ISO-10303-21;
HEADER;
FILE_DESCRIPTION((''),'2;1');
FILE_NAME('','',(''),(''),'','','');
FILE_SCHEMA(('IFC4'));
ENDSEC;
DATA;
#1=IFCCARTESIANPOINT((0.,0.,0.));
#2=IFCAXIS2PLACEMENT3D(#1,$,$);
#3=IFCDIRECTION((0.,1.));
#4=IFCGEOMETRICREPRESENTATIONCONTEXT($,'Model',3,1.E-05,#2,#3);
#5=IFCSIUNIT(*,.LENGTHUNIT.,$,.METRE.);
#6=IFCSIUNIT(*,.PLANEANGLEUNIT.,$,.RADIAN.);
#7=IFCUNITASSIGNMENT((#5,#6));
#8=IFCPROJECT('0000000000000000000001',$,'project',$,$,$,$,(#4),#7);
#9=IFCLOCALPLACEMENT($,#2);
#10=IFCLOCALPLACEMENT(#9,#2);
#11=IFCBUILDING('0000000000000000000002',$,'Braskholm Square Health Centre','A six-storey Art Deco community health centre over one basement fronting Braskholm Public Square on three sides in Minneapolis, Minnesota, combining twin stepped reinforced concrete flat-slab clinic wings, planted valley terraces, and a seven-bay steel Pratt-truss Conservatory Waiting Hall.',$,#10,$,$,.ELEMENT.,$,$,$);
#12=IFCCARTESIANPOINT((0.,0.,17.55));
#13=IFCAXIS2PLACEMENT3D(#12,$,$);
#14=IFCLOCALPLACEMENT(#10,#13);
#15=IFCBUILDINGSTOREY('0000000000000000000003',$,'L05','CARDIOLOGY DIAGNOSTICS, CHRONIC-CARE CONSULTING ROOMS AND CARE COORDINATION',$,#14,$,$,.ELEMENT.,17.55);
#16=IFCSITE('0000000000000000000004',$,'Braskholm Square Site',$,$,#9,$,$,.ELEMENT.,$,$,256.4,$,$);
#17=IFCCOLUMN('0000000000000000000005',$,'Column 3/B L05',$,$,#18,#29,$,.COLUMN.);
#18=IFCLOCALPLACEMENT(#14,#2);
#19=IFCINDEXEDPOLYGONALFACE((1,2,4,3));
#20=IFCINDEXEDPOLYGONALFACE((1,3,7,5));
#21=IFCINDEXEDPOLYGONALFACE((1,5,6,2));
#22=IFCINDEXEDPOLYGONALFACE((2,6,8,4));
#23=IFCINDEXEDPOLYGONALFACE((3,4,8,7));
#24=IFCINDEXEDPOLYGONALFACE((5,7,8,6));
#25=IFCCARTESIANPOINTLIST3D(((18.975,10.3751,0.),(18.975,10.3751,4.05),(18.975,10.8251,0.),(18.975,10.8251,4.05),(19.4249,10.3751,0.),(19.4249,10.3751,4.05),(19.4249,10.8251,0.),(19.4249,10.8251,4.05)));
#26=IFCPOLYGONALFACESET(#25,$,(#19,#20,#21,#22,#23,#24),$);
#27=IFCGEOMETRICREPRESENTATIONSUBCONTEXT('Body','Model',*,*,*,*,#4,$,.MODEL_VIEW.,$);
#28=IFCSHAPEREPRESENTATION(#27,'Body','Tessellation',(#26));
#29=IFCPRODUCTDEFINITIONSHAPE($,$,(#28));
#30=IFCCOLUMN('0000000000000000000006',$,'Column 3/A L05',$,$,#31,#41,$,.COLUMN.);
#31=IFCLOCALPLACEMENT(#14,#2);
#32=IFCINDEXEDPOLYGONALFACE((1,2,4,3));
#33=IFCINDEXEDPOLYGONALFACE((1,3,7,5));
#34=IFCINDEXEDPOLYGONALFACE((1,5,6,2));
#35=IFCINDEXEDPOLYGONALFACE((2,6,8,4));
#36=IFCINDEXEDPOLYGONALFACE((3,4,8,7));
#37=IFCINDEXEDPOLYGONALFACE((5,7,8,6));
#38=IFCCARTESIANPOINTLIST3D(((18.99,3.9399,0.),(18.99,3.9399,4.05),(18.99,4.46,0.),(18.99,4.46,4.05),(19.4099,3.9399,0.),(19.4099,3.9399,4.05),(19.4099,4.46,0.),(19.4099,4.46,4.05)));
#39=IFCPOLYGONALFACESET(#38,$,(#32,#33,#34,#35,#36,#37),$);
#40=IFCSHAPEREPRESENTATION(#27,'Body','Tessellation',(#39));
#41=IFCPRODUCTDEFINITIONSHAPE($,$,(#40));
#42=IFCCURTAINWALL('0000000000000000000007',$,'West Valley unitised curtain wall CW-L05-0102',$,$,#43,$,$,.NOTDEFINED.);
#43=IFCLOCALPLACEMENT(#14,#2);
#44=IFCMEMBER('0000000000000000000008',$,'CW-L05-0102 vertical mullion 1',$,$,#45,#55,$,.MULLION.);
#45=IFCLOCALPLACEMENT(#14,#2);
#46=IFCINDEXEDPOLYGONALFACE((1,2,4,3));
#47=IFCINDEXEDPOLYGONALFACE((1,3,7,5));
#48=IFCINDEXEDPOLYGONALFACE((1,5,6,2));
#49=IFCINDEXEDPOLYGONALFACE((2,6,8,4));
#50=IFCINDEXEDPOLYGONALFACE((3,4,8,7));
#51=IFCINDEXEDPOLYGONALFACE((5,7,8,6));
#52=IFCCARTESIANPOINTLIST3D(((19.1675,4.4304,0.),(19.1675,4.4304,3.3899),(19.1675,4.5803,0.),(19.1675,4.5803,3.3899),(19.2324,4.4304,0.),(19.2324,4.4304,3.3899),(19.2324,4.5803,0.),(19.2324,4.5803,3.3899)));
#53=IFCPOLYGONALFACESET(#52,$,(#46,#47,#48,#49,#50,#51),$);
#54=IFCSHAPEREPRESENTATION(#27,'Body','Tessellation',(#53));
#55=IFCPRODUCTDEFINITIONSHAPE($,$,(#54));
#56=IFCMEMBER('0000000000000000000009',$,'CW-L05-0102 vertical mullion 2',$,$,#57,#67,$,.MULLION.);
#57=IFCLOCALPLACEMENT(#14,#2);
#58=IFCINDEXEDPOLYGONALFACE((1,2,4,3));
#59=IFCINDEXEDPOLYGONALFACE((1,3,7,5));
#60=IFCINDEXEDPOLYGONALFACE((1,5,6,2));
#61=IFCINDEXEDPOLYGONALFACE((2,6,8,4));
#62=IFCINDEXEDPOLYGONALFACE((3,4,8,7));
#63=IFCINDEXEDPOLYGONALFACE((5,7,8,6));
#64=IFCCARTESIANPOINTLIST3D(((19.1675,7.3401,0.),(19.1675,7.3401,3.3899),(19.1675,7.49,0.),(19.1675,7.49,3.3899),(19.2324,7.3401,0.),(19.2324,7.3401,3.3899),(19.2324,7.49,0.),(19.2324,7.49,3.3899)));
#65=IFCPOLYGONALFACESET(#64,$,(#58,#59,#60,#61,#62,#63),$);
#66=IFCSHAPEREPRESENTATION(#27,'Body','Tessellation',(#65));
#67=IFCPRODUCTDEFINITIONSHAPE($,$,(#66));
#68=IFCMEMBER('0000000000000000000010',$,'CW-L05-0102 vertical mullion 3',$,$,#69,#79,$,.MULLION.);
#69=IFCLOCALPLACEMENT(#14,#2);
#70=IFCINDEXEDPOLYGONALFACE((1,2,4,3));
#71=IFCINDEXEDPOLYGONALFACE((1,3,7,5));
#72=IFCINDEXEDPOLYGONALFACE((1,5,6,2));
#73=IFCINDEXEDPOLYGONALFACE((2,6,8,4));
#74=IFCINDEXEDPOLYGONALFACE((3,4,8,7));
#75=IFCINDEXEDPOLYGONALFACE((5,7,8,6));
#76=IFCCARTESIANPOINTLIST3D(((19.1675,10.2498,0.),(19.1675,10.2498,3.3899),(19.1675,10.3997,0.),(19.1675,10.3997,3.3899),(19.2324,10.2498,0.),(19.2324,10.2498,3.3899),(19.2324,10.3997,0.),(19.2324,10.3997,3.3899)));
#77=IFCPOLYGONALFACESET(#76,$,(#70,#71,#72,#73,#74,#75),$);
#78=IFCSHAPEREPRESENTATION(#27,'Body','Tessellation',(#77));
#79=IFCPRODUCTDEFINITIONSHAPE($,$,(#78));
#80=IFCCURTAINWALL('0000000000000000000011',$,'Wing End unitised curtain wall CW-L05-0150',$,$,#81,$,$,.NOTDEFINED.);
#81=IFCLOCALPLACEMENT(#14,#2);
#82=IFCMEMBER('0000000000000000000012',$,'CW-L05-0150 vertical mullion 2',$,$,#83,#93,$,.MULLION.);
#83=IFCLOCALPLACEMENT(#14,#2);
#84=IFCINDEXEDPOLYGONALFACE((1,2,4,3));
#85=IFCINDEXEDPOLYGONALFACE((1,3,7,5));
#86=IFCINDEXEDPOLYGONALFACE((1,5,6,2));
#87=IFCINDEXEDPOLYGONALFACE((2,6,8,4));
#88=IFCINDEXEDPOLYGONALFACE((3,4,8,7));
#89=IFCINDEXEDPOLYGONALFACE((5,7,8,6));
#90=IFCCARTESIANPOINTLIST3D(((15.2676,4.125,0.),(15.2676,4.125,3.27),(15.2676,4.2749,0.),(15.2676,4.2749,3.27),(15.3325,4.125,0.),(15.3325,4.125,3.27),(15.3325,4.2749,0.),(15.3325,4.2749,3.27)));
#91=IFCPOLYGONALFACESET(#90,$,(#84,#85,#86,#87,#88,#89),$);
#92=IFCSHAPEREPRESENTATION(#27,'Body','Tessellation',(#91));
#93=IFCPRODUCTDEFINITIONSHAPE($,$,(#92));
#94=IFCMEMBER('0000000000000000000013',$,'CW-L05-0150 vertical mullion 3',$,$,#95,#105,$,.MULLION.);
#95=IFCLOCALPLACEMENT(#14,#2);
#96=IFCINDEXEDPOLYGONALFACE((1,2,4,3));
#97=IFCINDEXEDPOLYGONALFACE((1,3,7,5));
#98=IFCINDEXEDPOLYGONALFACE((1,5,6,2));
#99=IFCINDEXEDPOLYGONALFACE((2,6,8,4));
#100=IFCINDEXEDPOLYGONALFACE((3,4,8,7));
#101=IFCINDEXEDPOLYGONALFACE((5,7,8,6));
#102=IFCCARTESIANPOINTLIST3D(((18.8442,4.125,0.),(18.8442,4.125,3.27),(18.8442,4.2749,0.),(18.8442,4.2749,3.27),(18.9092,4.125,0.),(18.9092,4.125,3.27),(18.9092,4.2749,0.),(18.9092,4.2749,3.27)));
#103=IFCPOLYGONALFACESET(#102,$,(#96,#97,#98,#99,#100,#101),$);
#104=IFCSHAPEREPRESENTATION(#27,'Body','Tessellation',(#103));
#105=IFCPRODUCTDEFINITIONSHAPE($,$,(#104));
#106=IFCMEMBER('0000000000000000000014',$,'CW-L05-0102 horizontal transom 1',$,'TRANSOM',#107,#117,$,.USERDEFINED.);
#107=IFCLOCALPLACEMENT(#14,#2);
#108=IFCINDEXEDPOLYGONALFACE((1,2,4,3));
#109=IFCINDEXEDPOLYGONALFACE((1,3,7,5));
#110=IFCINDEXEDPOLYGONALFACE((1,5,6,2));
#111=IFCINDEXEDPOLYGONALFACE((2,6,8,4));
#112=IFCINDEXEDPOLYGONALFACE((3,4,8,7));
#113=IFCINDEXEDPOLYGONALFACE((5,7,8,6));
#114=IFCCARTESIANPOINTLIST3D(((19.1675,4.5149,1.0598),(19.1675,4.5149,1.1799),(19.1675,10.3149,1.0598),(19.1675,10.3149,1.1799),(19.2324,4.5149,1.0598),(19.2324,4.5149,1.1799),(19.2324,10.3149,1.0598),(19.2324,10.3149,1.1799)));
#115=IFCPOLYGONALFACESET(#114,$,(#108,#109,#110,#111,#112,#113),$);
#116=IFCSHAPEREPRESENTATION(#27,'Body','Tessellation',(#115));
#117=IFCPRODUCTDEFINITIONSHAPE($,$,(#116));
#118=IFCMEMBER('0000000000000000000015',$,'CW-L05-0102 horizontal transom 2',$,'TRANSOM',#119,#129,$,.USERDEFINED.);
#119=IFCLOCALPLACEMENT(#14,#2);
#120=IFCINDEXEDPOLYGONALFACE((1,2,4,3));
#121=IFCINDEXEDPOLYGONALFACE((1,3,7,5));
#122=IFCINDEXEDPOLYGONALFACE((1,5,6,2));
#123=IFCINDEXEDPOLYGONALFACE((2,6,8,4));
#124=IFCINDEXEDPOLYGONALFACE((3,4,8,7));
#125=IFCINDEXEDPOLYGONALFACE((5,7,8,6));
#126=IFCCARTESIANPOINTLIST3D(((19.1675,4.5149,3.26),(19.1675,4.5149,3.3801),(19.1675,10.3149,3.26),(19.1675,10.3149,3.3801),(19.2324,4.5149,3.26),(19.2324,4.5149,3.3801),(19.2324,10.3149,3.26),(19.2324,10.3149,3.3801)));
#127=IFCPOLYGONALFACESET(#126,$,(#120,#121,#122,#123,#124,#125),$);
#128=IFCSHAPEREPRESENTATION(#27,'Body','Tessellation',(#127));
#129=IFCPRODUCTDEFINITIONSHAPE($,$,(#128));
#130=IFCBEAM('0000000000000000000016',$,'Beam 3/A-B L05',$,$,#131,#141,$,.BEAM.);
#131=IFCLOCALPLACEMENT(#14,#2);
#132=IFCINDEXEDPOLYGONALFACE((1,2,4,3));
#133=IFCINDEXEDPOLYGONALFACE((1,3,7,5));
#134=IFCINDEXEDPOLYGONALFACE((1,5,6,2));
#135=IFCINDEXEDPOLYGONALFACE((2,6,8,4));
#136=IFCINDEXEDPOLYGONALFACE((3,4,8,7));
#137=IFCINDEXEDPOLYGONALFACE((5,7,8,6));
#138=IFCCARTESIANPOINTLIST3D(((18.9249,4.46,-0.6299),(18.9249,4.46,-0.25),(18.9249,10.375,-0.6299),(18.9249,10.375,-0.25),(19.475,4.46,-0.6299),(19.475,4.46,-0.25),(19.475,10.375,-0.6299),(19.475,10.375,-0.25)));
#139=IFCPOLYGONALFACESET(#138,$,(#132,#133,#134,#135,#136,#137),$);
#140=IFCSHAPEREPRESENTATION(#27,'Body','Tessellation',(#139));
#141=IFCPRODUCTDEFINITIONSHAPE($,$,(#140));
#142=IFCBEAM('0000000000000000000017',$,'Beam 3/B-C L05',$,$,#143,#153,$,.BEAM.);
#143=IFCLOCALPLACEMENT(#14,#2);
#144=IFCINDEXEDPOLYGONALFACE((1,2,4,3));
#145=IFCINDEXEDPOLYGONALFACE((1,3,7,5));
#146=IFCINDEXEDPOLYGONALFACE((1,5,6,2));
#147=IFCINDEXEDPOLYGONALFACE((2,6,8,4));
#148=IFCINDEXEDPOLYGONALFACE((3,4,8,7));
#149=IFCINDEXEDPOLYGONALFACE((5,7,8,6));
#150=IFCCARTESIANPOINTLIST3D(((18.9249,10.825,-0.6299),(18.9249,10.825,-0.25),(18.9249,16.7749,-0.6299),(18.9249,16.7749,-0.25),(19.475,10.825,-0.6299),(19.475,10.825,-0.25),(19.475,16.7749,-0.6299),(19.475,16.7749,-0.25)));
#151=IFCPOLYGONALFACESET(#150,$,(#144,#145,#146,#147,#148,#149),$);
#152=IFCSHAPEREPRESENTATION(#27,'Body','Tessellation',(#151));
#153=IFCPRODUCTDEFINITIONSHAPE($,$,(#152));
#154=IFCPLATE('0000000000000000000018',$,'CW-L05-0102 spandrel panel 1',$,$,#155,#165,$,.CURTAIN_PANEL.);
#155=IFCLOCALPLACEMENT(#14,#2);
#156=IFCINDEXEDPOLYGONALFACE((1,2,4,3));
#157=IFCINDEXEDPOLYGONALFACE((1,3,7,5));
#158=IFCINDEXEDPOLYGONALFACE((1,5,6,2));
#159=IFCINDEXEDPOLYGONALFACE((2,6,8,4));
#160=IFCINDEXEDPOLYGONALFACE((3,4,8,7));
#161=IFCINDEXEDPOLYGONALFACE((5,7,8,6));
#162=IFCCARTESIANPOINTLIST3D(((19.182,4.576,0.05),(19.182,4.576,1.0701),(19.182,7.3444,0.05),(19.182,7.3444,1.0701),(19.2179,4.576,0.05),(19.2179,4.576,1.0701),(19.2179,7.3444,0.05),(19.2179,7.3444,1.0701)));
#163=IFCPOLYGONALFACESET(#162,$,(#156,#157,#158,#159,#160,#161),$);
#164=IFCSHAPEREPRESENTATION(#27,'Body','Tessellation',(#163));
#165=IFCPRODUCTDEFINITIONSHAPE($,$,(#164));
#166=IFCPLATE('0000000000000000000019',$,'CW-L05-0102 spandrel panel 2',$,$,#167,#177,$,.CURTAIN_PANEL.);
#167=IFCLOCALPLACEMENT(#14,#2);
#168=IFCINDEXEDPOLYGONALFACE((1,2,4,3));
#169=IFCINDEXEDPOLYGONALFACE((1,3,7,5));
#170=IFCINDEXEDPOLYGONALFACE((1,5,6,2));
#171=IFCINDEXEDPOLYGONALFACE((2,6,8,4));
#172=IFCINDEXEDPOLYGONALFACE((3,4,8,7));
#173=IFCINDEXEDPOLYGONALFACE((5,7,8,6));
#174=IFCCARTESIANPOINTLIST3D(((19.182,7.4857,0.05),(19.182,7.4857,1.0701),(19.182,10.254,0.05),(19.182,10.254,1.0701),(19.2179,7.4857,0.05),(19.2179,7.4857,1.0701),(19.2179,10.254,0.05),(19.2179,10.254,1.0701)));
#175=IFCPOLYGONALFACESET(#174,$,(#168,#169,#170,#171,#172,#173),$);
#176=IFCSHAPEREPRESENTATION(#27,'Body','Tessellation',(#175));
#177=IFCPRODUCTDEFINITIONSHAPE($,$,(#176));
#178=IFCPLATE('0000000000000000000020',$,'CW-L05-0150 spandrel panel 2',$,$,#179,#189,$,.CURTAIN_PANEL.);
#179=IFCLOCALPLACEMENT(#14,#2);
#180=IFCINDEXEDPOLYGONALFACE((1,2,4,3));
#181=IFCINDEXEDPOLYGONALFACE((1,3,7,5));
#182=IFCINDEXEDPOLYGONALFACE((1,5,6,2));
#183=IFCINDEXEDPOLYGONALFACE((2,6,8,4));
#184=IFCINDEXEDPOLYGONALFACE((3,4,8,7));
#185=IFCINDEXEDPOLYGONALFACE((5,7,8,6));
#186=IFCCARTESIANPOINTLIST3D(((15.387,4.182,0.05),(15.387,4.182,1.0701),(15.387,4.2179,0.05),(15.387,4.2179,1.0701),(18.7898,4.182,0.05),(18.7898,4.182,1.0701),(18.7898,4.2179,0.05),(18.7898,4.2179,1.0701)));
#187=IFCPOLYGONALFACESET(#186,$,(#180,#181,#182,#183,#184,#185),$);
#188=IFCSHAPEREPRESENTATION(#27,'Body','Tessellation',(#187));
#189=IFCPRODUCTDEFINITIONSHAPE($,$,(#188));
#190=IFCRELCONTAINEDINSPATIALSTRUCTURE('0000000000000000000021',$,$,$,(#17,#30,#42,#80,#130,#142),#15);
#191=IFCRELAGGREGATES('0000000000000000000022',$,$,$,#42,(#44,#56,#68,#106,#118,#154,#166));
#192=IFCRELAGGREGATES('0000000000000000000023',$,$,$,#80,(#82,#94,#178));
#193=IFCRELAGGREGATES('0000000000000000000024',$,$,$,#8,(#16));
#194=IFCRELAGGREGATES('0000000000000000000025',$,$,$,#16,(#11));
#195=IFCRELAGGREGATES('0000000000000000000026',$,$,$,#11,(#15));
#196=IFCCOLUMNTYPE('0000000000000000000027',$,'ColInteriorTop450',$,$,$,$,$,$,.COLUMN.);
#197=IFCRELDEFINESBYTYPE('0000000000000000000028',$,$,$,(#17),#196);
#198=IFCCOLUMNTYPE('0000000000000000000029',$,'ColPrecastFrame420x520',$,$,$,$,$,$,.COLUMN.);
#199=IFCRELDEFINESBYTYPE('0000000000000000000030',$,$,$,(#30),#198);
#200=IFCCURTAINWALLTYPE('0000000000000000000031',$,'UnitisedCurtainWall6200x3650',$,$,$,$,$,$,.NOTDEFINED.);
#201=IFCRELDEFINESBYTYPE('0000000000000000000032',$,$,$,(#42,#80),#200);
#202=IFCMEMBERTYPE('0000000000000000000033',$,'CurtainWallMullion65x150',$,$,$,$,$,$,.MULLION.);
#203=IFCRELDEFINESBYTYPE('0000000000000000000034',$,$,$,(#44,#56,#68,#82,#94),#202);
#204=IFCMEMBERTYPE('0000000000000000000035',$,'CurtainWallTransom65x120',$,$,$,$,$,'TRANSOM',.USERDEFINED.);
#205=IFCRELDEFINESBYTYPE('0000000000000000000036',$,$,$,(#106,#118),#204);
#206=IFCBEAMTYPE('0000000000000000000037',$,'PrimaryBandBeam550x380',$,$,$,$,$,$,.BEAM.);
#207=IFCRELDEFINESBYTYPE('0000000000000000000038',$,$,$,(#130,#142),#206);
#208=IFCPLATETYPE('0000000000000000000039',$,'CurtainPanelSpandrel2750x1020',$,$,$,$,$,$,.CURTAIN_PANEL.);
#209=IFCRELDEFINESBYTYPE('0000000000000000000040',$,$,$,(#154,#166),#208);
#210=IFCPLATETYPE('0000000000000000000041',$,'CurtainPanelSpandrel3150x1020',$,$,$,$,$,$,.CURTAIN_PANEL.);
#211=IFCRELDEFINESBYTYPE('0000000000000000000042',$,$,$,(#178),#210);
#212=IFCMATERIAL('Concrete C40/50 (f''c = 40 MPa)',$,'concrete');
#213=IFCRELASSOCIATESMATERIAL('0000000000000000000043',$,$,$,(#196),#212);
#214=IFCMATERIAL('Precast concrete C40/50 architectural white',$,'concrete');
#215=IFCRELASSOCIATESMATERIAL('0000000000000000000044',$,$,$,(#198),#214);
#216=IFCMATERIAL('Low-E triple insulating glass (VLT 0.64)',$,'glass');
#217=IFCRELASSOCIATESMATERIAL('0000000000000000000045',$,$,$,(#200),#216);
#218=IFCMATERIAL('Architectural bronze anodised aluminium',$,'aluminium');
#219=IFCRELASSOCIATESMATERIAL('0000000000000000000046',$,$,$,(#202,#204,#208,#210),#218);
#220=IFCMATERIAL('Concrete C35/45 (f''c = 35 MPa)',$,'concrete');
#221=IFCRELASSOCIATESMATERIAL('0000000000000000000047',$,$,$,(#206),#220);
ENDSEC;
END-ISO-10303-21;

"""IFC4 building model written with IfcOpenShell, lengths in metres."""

from ifc_helpers import new_model, si_unit, direction, frame, origin, origin_2d, place, context, subcontext, project, spatial, rectangle, extrude, material, material_profile, profile_set, type_object, element, aggregate, save


model = new_model("IFC4")

# Units and contexts
model_context = context("Model", 3, precision=1e-05, world=origin(), true_north=direction((0.0, 1.0)))
body_context = subcontext(model_context, "Body", "Model", "MODEL_VIEW")
ifc_project = project(units=[si_unit("LENGTHUNIT", "METRE"), si_unit("PLANEANGLEUNIT", "RADIAN")], contexts=[model_context])

# Site, building, storey
site_placement = place(None, origin())
site = spatial("IfcSite", under=ifc_project, at=site_placement, Name="Braskholm Square Site", CompositionType="ELEMENT", RefElevation=256.4)
building_placement = place(site_placement, origin())
building = spatial("IfcBuilding", under=site, at=building_placement, Name="Braskholm Square Health Centre", Description="A six-storey Art Deco community health centre over one basement fronting Braskholm Public Square on three sides in Minneapolis, Minnesota, combining twin stepped reinforced concrete flat-slab clinic wings, planted valley terraces, and a seven-bay steel Pratt-truss Conservatory Waiting Hall.", CompositionType="ELEMENT")
storey_placement = place(building_placement, frame((0.0, 0.0, 17.55)))
storey = spatial("IfcBuildingStorey", under=building, at=storey_placement, Name="L05", Description="CARDIOLOGY DIAGNOSTICS, CHRONIC-CARE CONSULTING ROOMS AND CARE COORDINATION", CompositionType="ELEMENT", Elevation=17.55)

# Columns
ifc_material_1 = material(Name="Concrete C40/50 (f'c = 40 MPa)", Category="concrete")
ifc_material_profile_1 = material_profile(ifc_material_1, rectangle(XDim=0.45, YDim=0.45, at=origin_2d()), Name="RC-450X450")
ifc_profile_set_1 = profile_set([ifc_material_profile_1], Name="Concrete C40/50 (f'c = 40 MPa)")
column_type_1 = type_object("IfcColumnType", Name="ColInteriorTop450", PredefinedType="COLUMN", material=ifc_profile_set_1)
column_1_placement = place(storey_placement, frame((19.2, 10.6001, 0.0), z_axis=(0.0, 0.0, 1.0), x_axis=(1.0, 0.0, 0.0)))
element("IfcColumn", 1, at=column_1_placement, inside=storey, type_object=column_type_1, Name="Column 3/B L05", PredefinedType="COLUMN", context=body_context, shape_type="SweptSolid", body=[
    extrude(rectangle(XDim=0.45, YDim=0.45, at=origin_2d()), origin(), (0.0, 0.0, 1.0), 4.05),
])
ifc_material_2 = material(Name="Precast concrete C40/50 architectural white", Category="concrete")
ifc_material_profile_2 = material_profile(ifc_material_2, rectangle(XDim=0.4199, YDim=0.52, at=origin_2d()), Name="RC-420X520")
ifc_profile_set_2 = profile_set([ifc_material_profile_2], Name="Precast concrete C40/50 architectural white")
column_type_2 = type_object("IfcColumnType", Name="ColPrecastFrame420x520", PredefinedType="COLUMN", material=ifc_profile_set_2)
column_2_placement = place(storey_placement, frame((19.2, 4.2, 0.0), z_axis=(0.0, 0.0, 1.0), x_axis=(1.0, 0.0, 0.0)))
element("IfcColumn", 2, at=column_2_placement, inside=storey, type_object=column_type_2, Name="Column 3/A L05", PredefinedType="COLUMN", context=body_context, shape_type="SweptSolid", body=[
    extrude(rectangle(XDim=0.4199, YDim=0.52, at=origin_2d()), origin(), (0.0, 0.0, 1.0), 4.05),
])

# Curtain walls, members
ifc_material_3 = material(Name="Low-E triple insulating glass (VLT 0.64)", Category="glass")
curtain_wall_type = type_object("IfcCurtainWallType", Name="UnitisedCurtainWall6200x3650", PredefinedType="NOTDEFINED", material=ifc_material_3)
curtain_wall_1_placement = place(storey_placement, origin())
curtain_wall_1 = element("IfcCurtainWall", 3, at=curtain_wall_1_placement, inside=storey, type_object=curtain_wall_type, Name="West Valley unitised curtain wall CW-L05-0102", PredefinedType="NOTDEFINED")
ifc_material_4 = material(Name="Architectural bronze anodised aluminium", Category="aluminium")
ifc_material_profile_3 = material_profile(ifc_material_4, rectangle(XDim=0.0649, YDim=0.1499, at=origin_2d()), Name="ALU-65X150")
ifc_profile_set_3 = profile_set([ifc_material_profile_3], Name="Architectural bronze anodised aluminium")
member_type_1 = type_object("IfcMemberType", Name="CurtainWallMullion65x150", PredefinedType="MULLION", material=ifc_profile_set_3)
member_1_placement = place(storey_placement, frame((19.2, 4.5054, 0.0), z_axis=(0.0, 0.0, 1.0), x_axis=(1.0, 0.0, 0.0)))
member_1 = element("IfcMember", 4, at=member_1_placement, type_object=member_type_1, Name="CW-L05-0102 vertical mullion 1", PredefinedType="MULLION", context=body_context, shape_type="SweptSolid", body=[
    extrude(rectangle(XDim=0.0649, YDim=0.1499, at=origin_2d()), origin(), (0.0, 0.0, 1.0), 3.3899),
])
member_2_placement = place(storey_placement, frame((19.2, 7.415, 0.0), z_axis=(0.0, 0.0, 1.0), x_axis=(1.0, 0.0, 0.0)))
member_2 = element("IfcMember", 5, at=member_2_placement, type_object=member_type_1, Name="CW-L05-0102 vertical mullion 2", PredefinedType="MULLION", context=body_context, shape_type="SweptSolid", body=[
    extrude(rectangle(XDim=0.0649, YDim=0.1499, at=origin_2d()), origin(), (0.0, 0.0, 1.0), 3.3899),
])
member_3_placement = place(storey_placement, frame((19.2, 10.3247, 0.0), z_axis=(0.0, 0.0, 1.0), x_axis=(1.0, 0.0, 0.0)))
member_3 = element("IfcMember", 6, at=member_3_placement, type_object=member_type_1, Name="CW-L05-0102 vertical mullion 3", PredefinedType="MULLION", context=body_context, shape_type="SweptSolid", body=[
    extrude(rectangle(XDim=0.0649, YDim=0.1499, at=origin_2d()), origin(), (0.0, 0.0, 1.0), 3.3899),
])
curtain_wall_2_placement = place(storey_placement, origin())
curtain_wall_2 = element("IfcCurtainWall", 7, at=curtain_wall_2_placement, inside=storey, type_object=curtain_wall_type, Name="Wing End unitised curtain wall CW-L05-0150", PredefinedType="NOTDEFINED")
member_4_placement = place(storey_placement, frame((15.3, 4.2, 0.0), z_axis=(0.0, 0.0, 1.0), x_axis=(1.0, 0.0, 0.0)))
member_4 = element("IfcMember", 8, at=member_4_placement, type_object=member_type_1, Name="CW-L05-0150 vertical mullion 2", PredefinedType="MULLION", context=body_context, shape_type="SweptSolid", body=[
    extrude(rectangle(XDim=0.0649, YDim=0.1499, at=origin_2d()), origin(), (0.0, 0.0, 1.0), 3.27),
])
member_5_placement = place(storey_placement, frame((18.8767, 4.2, 0.0), z_axis=(0.0, 0.0, 1.0), x_axis=(1.0, 0.0, 0.0)))
member_5 = element("IfcMember", 9, at=member_5_placement, type_object=member_type_1, Name="CW-L05-0150 vertical mullion 3", PredefinedType="MULLION", context=body_context, shape_type="SweptSolid", body=[
    extrude(rectangle(XDim=0.0649, YDim=0.1499, at=origin_2d()), origin(), (0.0, 0.0, 1.0), 3.27),
])

# Members
ifc_material_profile_4 = material_profile(ifc_material_4, rectangle(XDim=0.0649, YDim=0.1201, at=origin_2d()), Name="ALU-65X120")
ifc_profile_set_4 = profile_set([ifc_material_profile_4], Name="Architectural bronze anodised aluminium")
member_type_2 = type_object("IfcMemberType", Name="CurtainWallTransom65x120", ElementType="TRANSOM", PredefinedType="USERDEFINED", material=ifc_profile_set_4)
member_6_placement = place(storey_placement, frame((19.2, 4.5149, 1.1199), z_axis=(0.0, 1.0, 0.0), x_axis=(-1.0, 0.0, 0.0)))
member_6 = element("IfcMember", 10, at=member_6_placement, type_object=member_type_2, Name="CW-L05-0102 horizontal transom 1", ObjectType="TRANSOM", PredefinedType="USERDEFINED", context=body_context, shape_type="SweptSolid", body=[
    extrude(rectangle(XDim=0.0649, YDim=0.1201, at=origin_2d()), origin(), (0.0, 0.0, 1.0), 5.8),
])
member_7_placement = place(storey_placement, frame((19.2, 4.5149, 3.3201), z_axis=(0.0, 1.0, 0.0), x_axis=(-1.0, 0.0, 0.0)))
member_7 = element("IfcMember", 11, at=member_7_placement, type_object=member_type_2, Name="CW-L05-0102 horizontal transom 2", ObjectType="TRANSOM", PredefinedType="USERDEFINED", context=body_context, shape_type="SweptSolid", body=[
    extrude(rectangle(XDim=0.0649, YDim=0.1201, at=origin_2d()), origin(), (0.0, 0.0, 1.0), 5.8),
])

# Beams
ifc_material_5 = material(Name="Concrete C35/45 (f'c = 35 MPa)", Category="concrete")
ifc_material_profile_5 = material_profile(ifc_material_5, rectangle(XDim=0.55, YDim=0.3799, at=origin_2d()), Name="RCB-550X380")
ifc_profile_set_5 = profile_set([ifc_material_profile_5], Name="Concrete C35/45 (f'c = 35 MPa)")
beam_type = type_object("IfcBeamType", Name="PrimaryBandBeam550x380", PredefinedType="BEAM", material=ifc_profile_set_5)
beam_1_placement = place(storey_placement, frame((19.2, 4.46, -0.4399), z_axis=(0.0, 1.0, 0.0), x_axis=(-1.0, 0.0, 0.0)))
element("IfcBeam", 12, at=beam_1_placement, inside=storey, type_object=beam_type, Name="Beam 3/A-B L05", PredefinedType="BEAM", context=body_context, shape_type="SweptSolid", body=[
    extrude(rectangle(XDim=0.55, YDim=0.3799, at=origin_2d()), origin(), (0.0, 0.0, 1.0), 5.915),
])
beam_2_placement = place(storey_placement, frame((19.2, 10.825, -0.4399), z_axis=(0.0, 1.0, 0.0), x_axis=(-1.0, 0.0, 0.0)))
element("IfcBeam", 13, at=beam_2_placement, inside=storey, type_object=beam_type, Name="Beam 3/B-C L05", PredefinedType="BEAM", context=body_context, shape_type="SweptSolid", body=[
    extrude(rectangle(XDim=0.55, YDim=0.3799, at=origin_2d()), origin(), (0.0, 0.0, 1.0), 5.95),
])

# Plates
plate_type_1 = type_object("IfcPlateType", Name="CurtainPanelSpandrel2750x1020", PredefinedType="CURTAIN_PANEL", material=ifc_material_4)
plate_1_placement = place(storey_placement, frame((19.2, 5.9602, 0.05), z_axis=(0.0, 0.0, 1.0), x_axis=(0.0, 1.0, 0.0)))
plate_1 = element("IfcPlate", 14, at=plate_1_placement, type_object=plate_type_1, Name="CW-L05-0102 spandrel panel 1", PredefinedType="CURTAIN_PANEL", context=body_context, shape_type="SweptSolid", body=[
    extrude(rectangle(XDim=2.7683, YDim=0.0359, at=origin_2d()), origin(), (0.0, 0.0, 1.0), 1.02),
])
plate_2_placement = place(storey_placement, frame((19.2, 8.8699, 0.05), z_axis=(0.0, 0.0, 1.0), x_axis=(0.0, 1.0, 0.0)))
plate_2 = element("IfcPlate", 15, at=plate_2_placement, type_object=plate_type_1, Name="CW-L05-0102 spandrel panel 2", PredefinedType="CURTAIN_PANEL", context=body_context, shape_type="SweptSolid", body=[
    extrude(rectangle(XDim=2.7683, YDim=0.0359, at=origin_2d()), origin(), (0.0, 0.0, 1.0), 1.02),
])
plate_type_2 = type_object("IfcPlateType", Name="CurtainPanelSpandrel3150x1020", PredefinedType="CURTAIN_PANEL", material=ifc_material_4)
plate_3_placement = place(storey_placement, frame((17.0884, 4.2, 0.05), z_axis=(0.0, 0.0, 1.0), x_axis=(1.0, 0.0, 0.0)))
plate_3 = element("IfcPlate", 16, at=plate_3_placement, type_object=plate_type_2, Name="CW-L05-0150 spandrel panel 2", PredefinedType="CURTAIN_PANEL", context=body_context, shape_type="SweptSolid", body=[
    extrude(rectangle(XDim=3.4028, YDim=0.0359, at=origin_2d()), origin(), (0.0, 0.0, 1.0), 1.02),
])
aggregate(curtain_wall_1, [member_1, member_2, member_3, member_6, member_7, plate_1, plate_2])
aggregate(curtain_wall_2, [member_4, member_5, plate_3])

save(model, "model.ifc")
